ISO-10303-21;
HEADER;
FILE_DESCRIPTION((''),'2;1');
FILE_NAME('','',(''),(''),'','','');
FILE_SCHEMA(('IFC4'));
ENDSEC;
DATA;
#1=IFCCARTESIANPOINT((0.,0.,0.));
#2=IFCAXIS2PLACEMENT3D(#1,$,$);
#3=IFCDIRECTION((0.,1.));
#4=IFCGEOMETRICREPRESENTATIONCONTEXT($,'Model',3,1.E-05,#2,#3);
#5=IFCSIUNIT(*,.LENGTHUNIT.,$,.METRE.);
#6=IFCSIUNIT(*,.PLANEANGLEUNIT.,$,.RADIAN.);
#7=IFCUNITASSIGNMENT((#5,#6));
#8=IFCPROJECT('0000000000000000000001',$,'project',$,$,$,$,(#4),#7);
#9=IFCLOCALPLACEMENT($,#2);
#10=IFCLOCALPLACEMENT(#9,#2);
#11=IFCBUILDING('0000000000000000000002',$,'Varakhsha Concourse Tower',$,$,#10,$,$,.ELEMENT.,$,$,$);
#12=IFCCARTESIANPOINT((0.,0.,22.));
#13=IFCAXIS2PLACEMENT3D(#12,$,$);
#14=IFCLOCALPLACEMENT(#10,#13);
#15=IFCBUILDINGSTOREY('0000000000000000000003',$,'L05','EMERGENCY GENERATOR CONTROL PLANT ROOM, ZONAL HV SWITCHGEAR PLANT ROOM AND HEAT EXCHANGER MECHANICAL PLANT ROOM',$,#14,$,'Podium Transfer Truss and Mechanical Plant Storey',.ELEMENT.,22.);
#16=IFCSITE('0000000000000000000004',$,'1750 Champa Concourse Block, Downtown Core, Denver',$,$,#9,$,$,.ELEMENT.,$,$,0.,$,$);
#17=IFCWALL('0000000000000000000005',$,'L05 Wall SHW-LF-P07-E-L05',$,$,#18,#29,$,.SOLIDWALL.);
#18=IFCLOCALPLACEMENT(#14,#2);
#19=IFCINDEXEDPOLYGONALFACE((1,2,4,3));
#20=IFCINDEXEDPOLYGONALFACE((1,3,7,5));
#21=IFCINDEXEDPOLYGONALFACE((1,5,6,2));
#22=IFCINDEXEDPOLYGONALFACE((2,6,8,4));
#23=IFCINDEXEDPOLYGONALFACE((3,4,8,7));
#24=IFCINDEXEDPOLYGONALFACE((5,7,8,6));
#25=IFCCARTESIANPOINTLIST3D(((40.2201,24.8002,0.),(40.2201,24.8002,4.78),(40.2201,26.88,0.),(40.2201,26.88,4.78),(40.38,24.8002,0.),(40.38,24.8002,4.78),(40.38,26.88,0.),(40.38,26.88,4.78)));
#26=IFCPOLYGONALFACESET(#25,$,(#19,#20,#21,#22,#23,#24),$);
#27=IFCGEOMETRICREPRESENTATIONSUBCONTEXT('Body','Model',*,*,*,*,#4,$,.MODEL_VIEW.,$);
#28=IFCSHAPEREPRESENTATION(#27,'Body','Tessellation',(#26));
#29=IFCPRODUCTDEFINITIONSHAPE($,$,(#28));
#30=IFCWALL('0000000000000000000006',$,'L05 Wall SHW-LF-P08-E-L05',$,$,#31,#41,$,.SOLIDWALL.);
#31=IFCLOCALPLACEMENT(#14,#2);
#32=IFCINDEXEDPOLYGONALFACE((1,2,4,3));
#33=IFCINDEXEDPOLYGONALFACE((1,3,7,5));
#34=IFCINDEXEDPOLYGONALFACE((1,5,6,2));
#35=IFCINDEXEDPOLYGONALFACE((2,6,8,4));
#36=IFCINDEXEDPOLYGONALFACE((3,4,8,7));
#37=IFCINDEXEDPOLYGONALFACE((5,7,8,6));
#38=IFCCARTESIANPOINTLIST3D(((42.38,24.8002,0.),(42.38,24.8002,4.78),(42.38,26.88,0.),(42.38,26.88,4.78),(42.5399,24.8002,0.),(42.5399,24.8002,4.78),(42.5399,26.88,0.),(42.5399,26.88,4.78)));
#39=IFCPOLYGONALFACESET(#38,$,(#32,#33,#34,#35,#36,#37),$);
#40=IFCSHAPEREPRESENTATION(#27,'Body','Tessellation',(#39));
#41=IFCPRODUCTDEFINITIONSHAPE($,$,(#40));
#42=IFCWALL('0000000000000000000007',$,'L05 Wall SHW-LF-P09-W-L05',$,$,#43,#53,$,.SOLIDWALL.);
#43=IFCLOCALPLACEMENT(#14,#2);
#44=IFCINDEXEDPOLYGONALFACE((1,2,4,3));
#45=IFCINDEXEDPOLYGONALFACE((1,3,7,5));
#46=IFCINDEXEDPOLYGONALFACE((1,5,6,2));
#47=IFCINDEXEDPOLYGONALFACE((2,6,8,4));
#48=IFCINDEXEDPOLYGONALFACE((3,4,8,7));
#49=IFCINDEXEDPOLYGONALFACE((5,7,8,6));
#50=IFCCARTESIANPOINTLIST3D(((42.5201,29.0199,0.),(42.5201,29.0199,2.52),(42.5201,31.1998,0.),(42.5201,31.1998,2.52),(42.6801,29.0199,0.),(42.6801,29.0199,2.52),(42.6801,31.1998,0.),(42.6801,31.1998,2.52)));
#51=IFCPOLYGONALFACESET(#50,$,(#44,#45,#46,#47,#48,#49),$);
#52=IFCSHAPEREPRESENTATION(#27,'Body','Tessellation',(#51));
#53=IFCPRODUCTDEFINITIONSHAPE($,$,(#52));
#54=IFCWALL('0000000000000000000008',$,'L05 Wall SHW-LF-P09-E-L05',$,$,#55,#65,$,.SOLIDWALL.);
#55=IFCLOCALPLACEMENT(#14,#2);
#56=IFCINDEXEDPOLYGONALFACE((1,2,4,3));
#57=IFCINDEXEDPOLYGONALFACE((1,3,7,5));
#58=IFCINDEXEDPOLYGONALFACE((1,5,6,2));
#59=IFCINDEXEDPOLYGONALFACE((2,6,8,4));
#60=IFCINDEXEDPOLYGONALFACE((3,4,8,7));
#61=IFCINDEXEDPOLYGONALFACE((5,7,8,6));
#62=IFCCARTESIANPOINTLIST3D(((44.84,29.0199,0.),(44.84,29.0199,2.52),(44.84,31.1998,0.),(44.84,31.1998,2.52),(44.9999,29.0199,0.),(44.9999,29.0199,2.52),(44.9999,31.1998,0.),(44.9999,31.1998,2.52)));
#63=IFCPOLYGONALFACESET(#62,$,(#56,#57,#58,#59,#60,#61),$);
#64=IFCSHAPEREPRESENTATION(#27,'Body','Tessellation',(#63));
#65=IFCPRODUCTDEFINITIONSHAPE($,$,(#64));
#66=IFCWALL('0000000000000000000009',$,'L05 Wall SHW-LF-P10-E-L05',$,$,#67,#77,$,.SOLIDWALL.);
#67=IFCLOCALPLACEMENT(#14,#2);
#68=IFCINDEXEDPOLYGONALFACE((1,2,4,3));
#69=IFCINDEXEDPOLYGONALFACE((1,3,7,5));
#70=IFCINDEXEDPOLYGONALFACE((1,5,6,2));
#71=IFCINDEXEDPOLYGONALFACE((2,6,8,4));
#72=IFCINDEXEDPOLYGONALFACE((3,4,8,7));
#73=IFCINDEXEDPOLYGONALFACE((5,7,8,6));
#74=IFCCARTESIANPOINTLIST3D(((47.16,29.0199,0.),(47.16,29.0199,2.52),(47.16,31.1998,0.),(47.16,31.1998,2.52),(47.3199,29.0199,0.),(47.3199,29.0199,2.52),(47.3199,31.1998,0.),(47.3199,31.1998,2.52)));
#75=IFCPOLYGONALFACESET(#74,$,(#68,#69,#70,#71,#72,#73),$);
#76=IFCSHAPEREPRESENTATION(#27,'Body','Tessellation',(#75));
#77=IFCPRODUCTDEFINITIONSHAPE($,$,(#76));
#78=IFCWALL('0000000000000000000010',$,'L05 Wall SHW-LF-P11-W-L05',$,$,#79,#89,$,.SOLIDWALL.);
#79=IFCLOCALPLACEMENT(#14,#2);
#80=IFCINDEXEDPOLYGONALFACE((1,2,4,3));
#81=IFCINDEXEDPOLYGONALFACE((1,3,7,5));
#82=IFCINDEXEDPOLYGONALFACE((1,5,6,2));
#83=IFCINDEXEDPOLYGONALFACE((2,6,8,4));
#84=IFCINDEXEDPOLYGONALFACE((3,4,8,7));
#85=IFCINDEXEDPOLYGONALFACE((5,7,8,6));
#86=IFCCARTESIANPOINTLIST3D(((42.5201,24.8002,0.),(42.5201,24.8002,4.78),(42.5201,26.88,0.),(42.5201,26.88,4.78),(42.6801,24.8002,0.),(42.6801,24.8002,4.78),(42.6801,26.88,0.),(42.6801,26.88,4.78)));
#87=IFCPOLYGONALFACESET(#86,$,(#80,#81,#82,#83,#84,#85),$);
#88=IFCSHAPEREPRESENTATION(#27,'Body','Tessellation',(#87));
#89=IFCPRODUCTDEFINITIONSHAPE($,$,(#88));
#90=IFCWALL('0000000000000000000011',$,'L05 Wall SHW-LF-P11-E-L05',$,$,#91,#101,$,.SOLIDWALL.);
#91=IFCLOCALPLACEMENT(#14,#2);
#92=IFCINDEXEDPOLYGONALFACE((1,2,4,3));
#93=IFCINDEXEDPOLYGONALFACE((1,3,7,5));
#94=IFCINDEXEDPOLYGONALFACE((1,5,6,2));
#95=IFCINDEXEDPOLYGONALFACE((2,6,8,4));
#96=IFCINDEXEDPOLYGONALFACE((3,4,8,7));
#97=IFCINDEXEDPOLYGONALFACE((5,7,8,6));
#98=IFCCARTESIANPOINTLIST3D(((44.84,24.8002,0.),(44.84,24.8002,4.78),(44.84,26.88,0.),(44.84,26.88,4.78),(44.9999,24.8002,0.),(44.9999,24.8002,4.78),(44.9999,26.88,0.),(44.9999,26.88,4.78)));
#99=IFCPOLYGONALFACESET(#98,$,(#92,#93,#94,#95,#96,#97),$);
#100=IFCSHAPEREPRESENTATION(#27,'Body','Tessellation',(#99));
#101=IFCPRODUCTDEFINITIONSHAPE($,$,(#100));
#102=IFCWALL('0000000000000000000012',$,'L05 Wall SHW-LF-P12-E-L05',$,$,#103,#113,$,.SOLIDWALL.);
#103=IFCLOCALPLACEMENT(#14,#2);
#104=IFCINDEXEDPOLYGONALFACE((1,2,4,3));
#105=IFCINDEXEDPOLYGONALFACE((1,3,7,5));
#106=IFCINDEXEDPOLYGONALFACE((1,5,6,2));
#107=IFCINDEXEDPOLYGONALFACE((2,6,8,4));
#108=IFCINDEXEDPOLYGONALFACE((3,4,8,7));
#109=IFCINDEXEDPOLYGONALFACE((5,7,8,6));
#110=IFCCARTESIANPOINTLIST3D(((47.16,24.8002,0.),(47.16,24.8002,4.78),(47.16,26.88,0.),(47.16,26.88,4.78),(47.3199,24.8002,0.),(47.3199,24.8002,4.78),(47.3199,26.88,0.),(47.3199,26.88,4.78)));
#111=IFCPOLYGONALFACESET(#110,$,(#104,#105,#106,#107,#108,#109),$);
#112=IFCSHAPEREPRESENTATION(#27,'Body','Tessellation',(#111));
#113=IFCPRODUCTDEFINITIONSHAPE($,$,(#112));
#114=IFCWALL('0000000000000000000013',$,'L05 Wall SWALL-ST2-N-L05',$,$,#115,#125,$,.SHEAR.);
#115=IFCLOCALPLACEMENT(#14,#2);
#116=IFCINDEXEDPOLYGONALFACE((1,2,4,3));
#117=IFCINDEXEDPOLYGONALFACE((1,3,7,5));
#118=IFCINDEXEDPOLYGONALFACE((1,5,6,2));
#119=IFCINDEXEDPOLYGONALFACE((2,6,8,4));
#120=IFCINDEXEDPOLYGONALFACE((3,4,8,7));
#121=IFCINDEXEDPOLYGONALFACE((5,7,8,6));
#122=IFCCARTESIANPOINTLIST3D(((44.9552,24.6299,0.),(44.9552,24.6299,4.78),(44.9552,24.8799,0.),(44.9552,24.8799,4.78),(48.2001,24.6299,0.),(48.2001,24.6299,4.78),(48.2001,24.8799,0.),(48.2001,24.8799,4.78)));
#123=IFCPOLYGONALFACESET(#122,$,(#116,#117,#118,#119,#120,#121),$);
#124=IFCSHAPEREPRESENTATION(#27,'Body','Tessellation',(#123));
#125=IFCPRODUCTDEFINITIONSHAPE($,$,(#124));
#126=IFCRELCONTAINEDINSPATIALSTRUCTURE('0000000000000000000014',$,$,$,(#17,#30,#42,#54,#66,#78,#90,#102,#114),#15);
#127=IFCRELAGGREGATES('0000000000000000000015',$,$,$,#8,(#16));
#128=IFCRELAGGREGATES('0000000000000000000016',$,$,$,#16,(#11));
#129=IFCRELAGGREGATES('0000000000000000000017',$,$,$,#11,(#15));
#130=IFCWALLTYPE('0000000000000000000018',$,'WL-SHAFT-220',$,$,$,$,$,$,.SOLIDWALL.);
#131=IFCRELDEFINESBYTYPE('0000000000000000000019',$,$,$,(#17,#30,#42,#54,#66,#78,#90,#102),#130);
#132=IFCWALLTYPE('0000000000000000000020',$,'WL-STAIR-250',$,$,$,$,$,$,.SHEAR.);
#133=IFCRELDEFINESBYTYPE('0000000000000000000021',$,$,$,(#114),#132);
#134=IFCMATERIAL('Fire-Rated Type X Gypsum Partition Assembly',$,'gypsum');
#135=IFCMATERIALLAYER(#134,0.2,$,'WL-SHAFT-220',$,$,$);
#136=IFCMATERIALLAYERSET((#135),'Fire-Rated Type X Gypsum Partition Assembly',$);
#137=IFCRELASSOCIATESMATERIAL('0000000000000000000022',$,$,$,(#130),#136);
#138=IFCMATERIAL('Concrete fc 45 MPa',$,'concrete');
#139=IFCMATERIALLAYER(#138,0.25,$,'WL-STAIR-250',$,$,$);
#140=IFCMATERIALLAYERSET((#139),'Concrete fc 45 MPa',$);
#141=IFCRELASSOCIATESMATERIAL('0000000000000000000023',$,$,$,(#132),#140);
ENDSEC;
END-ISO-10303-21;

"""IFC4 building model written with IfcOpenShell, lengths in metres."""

from ifc_helpers import new_model, si_unit, direction, frame, frame_2d, origin, place, context, subcontext, project, spatial, rectangle, extrude, material, layer, layer_set, type_object, element, save


model = new_model("IFC4")

# Units and contexts
model_context = context("Model", 3, precision=1e-05, world=origin(), true_north=direction((0.0, 1.0)))
body_context = subcontext(model_context, "Body", "Model", "MODEL_VIEW")
ifc_project = project(units=[si_unit("LENGTHUNIT", "METRE"), si_unit("PLANEANGLEUNIT", "RADIAN")], contexts=[model_context])

# Site, building, storey
site_placement = place(None, origin())
site = spatial("IfcSite", under=ifc_project, at=site_placement, Name="1750 Champa Concourse Block, Downtown Core, Denver", CompositionType="ELEMENT", RefElevation=0.0)
building_placement = place(site_placement, origin())
building = spatial("IfcBuilding", under=site, at=building_placement, Name="Varakhsha Concourse Tower", CompositionType="ELEMENT")
storey_placement = place(building_placement, frame((0.0, 0.0, 22.0)))
storey = spatial("IfcBuildingStorey", under=building, at=storey_placement, Name="L05", Description="EMERGENCY GENERATOR CONTROL PLANT ROOM, ZONAL HV SWITCHGEAR PLANT ROOM AND HEAT EXCHANGER MECHANICAL PLANT ROOM", LongName="Podium Transfer Truss and Mechanical Plant Storey", CompositionType="ELEMENT", Elevation=22.0)

# Walls
ifc_material_1 = material(Name="Fire-Rated Type X Gypsum Partition Assembly", Category="gypsum")
ifc_layer_1 = layer(ifc_material_1, 0.2, Name="WL-SHAFT-220")
ifc_layer_set_1 = layer_set([ifc_layer_1], Name="Fire-Rated Type X Gypsum Partition Assembly")
wall_type_1 = type_object("IfcWallType", Name="WL-SHAFT-220", PredefinedType="SOLIDWALL", material=ifc_layer_set_1)
for number, where, z_axis, x_axis, name in (
    (1, (40.3, 24.8, 0.0), (0.0, 0.0, 1.0), (0.0, 1.0, 0.0), "L05 Wall SHW-LF-P07-E-L05"),
    (2, (42.46, 24.8, 0.0), (0.0, 0.0, 1.0), (0.0, 1.0, 0.0), "L05 Wall SHW-LF-P08-E-L05"),
):
    element("IfcWall", number, at=place(storey_placement, frame(where, z_axis=z_axis, x_axis=x_axis)), inside=storey, type_object=wall_type_1, Name=name, PredefinedType="SOLIDWALL", context=body_context, shape_type="SweptSolid", body=[
        extrude(rectangle(XDim=2.0798, YDim=0.1599, at=frame_2d((1.04, 0.0))), origin(), (0.0, 0.0, 1.0), 4.78),
    ])
for number, where, z_axis, x_axis, name in (
    (3, (42.6001, 29.02, 0.0), (0.0, 0.0, 1.0), (0.0, 1.0, 0.0), "L05 Wall SHW-LF-P09-W-L05"),
    (4, (44.9199, 29.02, 0.0), (0.0, 0.0, 1.0), (0.0, 1.0, 0.0), "L05 Wall SHW-LF-P09-E-L05"),
    (5, (47.24, 29.02, 0.0), (0.0, 0.0, 1.0), (0.0, 1.0, 0.0), "L05 Wall SHW-LF-P10-E-L05"),
):
    element("IfcWall", number, at=place(storey_placement, frame(where, z_axis=z_axis, x_axis=x_axis)), inside=storey, type_object=wall_type_1, Name=name, PredefinedType="SOLIDWALL", context=body_context, shape_type="SweptSolid", body=[
        extrude(rectangle(XDim=2.1799, YDim=0.1599, at=frame_2d((1.0898, 0.0))), origin(), (0.0, 0.0, 1.0), 2.52),
    ])
for number, where, z_axis, x_axis, name in (
    (6, (42.6001, 24.8, 0.0), (0.0, 0.0, 1.0), (0.0, 1.0, 0.0), "L05 Wall SHW-LF-P11-W-L05"),
    (7, (44.9199, 24.8, 0.0), (0.0, 0.0, 1.0), (0.0, 1.0, 0.0), "L05 Wall SHW-LF-P11-E-L05"),
    (8, (47.24, 24.8, 0.0), (0.0, 0.0, 1.0), (0.0, 1.0, 0.0), "L05 Wall SHW-LF-P12-E-L05"),
):
    element("IfcWall", number, at=place(storey_placement, frame(where, z_axis=z_axis, x_axis=x_axis)), inside=storey, type_object=wall_type_1, Name=name, PredefinedType="SOLIDWALL", context=body_context, shape_type="SweptSolid", body=[
        extrude(rectangle(XDim=2.0798, YDim=0.1599, at=frame_2d((1.04, 0.0))), origin(), (0.0, 0.0, 1.0), 4.78),
    ])
ifc_material_2 = material(Name="Concrete fc 45 MPa", Category="concrete")
ifc_layer_2 = layer(ifc_material_2, 0.25, Name="WL-STAIR-250")
ifc_layer_set_2 = layer_set([ifc_layer_2], Name="Concrete fc 45 MPa")
wall_type_2 = type_object("IfcWallType", Name="WL-STAIR-250", PredefinedType="SHEAR", material=ifc_layer_set_2)
wall_placement = place(storey_placement, frame((44.9551, 24.7549, 0.0), z_axis=(0.0, 0.0, 1.0), x_axis=(1.0, 0.0, 0.0)))
element("IfcWall", 9, at=wall_placement, inside=storey, type_object=wall_type_2, Name="L05 Wall SWALL-ST2-N-L05", PredefinedType="SHEAR", context=body_context, shape_type="SweptSolid", body=[
    extrude(rectangle(XDim=3.2449, YDim=0.25, at=frame_2d((1.6226, 0.0))), origin(), (0.0, 0.0, 1.0), 4.78),
])

save(model, "model.ifc")
